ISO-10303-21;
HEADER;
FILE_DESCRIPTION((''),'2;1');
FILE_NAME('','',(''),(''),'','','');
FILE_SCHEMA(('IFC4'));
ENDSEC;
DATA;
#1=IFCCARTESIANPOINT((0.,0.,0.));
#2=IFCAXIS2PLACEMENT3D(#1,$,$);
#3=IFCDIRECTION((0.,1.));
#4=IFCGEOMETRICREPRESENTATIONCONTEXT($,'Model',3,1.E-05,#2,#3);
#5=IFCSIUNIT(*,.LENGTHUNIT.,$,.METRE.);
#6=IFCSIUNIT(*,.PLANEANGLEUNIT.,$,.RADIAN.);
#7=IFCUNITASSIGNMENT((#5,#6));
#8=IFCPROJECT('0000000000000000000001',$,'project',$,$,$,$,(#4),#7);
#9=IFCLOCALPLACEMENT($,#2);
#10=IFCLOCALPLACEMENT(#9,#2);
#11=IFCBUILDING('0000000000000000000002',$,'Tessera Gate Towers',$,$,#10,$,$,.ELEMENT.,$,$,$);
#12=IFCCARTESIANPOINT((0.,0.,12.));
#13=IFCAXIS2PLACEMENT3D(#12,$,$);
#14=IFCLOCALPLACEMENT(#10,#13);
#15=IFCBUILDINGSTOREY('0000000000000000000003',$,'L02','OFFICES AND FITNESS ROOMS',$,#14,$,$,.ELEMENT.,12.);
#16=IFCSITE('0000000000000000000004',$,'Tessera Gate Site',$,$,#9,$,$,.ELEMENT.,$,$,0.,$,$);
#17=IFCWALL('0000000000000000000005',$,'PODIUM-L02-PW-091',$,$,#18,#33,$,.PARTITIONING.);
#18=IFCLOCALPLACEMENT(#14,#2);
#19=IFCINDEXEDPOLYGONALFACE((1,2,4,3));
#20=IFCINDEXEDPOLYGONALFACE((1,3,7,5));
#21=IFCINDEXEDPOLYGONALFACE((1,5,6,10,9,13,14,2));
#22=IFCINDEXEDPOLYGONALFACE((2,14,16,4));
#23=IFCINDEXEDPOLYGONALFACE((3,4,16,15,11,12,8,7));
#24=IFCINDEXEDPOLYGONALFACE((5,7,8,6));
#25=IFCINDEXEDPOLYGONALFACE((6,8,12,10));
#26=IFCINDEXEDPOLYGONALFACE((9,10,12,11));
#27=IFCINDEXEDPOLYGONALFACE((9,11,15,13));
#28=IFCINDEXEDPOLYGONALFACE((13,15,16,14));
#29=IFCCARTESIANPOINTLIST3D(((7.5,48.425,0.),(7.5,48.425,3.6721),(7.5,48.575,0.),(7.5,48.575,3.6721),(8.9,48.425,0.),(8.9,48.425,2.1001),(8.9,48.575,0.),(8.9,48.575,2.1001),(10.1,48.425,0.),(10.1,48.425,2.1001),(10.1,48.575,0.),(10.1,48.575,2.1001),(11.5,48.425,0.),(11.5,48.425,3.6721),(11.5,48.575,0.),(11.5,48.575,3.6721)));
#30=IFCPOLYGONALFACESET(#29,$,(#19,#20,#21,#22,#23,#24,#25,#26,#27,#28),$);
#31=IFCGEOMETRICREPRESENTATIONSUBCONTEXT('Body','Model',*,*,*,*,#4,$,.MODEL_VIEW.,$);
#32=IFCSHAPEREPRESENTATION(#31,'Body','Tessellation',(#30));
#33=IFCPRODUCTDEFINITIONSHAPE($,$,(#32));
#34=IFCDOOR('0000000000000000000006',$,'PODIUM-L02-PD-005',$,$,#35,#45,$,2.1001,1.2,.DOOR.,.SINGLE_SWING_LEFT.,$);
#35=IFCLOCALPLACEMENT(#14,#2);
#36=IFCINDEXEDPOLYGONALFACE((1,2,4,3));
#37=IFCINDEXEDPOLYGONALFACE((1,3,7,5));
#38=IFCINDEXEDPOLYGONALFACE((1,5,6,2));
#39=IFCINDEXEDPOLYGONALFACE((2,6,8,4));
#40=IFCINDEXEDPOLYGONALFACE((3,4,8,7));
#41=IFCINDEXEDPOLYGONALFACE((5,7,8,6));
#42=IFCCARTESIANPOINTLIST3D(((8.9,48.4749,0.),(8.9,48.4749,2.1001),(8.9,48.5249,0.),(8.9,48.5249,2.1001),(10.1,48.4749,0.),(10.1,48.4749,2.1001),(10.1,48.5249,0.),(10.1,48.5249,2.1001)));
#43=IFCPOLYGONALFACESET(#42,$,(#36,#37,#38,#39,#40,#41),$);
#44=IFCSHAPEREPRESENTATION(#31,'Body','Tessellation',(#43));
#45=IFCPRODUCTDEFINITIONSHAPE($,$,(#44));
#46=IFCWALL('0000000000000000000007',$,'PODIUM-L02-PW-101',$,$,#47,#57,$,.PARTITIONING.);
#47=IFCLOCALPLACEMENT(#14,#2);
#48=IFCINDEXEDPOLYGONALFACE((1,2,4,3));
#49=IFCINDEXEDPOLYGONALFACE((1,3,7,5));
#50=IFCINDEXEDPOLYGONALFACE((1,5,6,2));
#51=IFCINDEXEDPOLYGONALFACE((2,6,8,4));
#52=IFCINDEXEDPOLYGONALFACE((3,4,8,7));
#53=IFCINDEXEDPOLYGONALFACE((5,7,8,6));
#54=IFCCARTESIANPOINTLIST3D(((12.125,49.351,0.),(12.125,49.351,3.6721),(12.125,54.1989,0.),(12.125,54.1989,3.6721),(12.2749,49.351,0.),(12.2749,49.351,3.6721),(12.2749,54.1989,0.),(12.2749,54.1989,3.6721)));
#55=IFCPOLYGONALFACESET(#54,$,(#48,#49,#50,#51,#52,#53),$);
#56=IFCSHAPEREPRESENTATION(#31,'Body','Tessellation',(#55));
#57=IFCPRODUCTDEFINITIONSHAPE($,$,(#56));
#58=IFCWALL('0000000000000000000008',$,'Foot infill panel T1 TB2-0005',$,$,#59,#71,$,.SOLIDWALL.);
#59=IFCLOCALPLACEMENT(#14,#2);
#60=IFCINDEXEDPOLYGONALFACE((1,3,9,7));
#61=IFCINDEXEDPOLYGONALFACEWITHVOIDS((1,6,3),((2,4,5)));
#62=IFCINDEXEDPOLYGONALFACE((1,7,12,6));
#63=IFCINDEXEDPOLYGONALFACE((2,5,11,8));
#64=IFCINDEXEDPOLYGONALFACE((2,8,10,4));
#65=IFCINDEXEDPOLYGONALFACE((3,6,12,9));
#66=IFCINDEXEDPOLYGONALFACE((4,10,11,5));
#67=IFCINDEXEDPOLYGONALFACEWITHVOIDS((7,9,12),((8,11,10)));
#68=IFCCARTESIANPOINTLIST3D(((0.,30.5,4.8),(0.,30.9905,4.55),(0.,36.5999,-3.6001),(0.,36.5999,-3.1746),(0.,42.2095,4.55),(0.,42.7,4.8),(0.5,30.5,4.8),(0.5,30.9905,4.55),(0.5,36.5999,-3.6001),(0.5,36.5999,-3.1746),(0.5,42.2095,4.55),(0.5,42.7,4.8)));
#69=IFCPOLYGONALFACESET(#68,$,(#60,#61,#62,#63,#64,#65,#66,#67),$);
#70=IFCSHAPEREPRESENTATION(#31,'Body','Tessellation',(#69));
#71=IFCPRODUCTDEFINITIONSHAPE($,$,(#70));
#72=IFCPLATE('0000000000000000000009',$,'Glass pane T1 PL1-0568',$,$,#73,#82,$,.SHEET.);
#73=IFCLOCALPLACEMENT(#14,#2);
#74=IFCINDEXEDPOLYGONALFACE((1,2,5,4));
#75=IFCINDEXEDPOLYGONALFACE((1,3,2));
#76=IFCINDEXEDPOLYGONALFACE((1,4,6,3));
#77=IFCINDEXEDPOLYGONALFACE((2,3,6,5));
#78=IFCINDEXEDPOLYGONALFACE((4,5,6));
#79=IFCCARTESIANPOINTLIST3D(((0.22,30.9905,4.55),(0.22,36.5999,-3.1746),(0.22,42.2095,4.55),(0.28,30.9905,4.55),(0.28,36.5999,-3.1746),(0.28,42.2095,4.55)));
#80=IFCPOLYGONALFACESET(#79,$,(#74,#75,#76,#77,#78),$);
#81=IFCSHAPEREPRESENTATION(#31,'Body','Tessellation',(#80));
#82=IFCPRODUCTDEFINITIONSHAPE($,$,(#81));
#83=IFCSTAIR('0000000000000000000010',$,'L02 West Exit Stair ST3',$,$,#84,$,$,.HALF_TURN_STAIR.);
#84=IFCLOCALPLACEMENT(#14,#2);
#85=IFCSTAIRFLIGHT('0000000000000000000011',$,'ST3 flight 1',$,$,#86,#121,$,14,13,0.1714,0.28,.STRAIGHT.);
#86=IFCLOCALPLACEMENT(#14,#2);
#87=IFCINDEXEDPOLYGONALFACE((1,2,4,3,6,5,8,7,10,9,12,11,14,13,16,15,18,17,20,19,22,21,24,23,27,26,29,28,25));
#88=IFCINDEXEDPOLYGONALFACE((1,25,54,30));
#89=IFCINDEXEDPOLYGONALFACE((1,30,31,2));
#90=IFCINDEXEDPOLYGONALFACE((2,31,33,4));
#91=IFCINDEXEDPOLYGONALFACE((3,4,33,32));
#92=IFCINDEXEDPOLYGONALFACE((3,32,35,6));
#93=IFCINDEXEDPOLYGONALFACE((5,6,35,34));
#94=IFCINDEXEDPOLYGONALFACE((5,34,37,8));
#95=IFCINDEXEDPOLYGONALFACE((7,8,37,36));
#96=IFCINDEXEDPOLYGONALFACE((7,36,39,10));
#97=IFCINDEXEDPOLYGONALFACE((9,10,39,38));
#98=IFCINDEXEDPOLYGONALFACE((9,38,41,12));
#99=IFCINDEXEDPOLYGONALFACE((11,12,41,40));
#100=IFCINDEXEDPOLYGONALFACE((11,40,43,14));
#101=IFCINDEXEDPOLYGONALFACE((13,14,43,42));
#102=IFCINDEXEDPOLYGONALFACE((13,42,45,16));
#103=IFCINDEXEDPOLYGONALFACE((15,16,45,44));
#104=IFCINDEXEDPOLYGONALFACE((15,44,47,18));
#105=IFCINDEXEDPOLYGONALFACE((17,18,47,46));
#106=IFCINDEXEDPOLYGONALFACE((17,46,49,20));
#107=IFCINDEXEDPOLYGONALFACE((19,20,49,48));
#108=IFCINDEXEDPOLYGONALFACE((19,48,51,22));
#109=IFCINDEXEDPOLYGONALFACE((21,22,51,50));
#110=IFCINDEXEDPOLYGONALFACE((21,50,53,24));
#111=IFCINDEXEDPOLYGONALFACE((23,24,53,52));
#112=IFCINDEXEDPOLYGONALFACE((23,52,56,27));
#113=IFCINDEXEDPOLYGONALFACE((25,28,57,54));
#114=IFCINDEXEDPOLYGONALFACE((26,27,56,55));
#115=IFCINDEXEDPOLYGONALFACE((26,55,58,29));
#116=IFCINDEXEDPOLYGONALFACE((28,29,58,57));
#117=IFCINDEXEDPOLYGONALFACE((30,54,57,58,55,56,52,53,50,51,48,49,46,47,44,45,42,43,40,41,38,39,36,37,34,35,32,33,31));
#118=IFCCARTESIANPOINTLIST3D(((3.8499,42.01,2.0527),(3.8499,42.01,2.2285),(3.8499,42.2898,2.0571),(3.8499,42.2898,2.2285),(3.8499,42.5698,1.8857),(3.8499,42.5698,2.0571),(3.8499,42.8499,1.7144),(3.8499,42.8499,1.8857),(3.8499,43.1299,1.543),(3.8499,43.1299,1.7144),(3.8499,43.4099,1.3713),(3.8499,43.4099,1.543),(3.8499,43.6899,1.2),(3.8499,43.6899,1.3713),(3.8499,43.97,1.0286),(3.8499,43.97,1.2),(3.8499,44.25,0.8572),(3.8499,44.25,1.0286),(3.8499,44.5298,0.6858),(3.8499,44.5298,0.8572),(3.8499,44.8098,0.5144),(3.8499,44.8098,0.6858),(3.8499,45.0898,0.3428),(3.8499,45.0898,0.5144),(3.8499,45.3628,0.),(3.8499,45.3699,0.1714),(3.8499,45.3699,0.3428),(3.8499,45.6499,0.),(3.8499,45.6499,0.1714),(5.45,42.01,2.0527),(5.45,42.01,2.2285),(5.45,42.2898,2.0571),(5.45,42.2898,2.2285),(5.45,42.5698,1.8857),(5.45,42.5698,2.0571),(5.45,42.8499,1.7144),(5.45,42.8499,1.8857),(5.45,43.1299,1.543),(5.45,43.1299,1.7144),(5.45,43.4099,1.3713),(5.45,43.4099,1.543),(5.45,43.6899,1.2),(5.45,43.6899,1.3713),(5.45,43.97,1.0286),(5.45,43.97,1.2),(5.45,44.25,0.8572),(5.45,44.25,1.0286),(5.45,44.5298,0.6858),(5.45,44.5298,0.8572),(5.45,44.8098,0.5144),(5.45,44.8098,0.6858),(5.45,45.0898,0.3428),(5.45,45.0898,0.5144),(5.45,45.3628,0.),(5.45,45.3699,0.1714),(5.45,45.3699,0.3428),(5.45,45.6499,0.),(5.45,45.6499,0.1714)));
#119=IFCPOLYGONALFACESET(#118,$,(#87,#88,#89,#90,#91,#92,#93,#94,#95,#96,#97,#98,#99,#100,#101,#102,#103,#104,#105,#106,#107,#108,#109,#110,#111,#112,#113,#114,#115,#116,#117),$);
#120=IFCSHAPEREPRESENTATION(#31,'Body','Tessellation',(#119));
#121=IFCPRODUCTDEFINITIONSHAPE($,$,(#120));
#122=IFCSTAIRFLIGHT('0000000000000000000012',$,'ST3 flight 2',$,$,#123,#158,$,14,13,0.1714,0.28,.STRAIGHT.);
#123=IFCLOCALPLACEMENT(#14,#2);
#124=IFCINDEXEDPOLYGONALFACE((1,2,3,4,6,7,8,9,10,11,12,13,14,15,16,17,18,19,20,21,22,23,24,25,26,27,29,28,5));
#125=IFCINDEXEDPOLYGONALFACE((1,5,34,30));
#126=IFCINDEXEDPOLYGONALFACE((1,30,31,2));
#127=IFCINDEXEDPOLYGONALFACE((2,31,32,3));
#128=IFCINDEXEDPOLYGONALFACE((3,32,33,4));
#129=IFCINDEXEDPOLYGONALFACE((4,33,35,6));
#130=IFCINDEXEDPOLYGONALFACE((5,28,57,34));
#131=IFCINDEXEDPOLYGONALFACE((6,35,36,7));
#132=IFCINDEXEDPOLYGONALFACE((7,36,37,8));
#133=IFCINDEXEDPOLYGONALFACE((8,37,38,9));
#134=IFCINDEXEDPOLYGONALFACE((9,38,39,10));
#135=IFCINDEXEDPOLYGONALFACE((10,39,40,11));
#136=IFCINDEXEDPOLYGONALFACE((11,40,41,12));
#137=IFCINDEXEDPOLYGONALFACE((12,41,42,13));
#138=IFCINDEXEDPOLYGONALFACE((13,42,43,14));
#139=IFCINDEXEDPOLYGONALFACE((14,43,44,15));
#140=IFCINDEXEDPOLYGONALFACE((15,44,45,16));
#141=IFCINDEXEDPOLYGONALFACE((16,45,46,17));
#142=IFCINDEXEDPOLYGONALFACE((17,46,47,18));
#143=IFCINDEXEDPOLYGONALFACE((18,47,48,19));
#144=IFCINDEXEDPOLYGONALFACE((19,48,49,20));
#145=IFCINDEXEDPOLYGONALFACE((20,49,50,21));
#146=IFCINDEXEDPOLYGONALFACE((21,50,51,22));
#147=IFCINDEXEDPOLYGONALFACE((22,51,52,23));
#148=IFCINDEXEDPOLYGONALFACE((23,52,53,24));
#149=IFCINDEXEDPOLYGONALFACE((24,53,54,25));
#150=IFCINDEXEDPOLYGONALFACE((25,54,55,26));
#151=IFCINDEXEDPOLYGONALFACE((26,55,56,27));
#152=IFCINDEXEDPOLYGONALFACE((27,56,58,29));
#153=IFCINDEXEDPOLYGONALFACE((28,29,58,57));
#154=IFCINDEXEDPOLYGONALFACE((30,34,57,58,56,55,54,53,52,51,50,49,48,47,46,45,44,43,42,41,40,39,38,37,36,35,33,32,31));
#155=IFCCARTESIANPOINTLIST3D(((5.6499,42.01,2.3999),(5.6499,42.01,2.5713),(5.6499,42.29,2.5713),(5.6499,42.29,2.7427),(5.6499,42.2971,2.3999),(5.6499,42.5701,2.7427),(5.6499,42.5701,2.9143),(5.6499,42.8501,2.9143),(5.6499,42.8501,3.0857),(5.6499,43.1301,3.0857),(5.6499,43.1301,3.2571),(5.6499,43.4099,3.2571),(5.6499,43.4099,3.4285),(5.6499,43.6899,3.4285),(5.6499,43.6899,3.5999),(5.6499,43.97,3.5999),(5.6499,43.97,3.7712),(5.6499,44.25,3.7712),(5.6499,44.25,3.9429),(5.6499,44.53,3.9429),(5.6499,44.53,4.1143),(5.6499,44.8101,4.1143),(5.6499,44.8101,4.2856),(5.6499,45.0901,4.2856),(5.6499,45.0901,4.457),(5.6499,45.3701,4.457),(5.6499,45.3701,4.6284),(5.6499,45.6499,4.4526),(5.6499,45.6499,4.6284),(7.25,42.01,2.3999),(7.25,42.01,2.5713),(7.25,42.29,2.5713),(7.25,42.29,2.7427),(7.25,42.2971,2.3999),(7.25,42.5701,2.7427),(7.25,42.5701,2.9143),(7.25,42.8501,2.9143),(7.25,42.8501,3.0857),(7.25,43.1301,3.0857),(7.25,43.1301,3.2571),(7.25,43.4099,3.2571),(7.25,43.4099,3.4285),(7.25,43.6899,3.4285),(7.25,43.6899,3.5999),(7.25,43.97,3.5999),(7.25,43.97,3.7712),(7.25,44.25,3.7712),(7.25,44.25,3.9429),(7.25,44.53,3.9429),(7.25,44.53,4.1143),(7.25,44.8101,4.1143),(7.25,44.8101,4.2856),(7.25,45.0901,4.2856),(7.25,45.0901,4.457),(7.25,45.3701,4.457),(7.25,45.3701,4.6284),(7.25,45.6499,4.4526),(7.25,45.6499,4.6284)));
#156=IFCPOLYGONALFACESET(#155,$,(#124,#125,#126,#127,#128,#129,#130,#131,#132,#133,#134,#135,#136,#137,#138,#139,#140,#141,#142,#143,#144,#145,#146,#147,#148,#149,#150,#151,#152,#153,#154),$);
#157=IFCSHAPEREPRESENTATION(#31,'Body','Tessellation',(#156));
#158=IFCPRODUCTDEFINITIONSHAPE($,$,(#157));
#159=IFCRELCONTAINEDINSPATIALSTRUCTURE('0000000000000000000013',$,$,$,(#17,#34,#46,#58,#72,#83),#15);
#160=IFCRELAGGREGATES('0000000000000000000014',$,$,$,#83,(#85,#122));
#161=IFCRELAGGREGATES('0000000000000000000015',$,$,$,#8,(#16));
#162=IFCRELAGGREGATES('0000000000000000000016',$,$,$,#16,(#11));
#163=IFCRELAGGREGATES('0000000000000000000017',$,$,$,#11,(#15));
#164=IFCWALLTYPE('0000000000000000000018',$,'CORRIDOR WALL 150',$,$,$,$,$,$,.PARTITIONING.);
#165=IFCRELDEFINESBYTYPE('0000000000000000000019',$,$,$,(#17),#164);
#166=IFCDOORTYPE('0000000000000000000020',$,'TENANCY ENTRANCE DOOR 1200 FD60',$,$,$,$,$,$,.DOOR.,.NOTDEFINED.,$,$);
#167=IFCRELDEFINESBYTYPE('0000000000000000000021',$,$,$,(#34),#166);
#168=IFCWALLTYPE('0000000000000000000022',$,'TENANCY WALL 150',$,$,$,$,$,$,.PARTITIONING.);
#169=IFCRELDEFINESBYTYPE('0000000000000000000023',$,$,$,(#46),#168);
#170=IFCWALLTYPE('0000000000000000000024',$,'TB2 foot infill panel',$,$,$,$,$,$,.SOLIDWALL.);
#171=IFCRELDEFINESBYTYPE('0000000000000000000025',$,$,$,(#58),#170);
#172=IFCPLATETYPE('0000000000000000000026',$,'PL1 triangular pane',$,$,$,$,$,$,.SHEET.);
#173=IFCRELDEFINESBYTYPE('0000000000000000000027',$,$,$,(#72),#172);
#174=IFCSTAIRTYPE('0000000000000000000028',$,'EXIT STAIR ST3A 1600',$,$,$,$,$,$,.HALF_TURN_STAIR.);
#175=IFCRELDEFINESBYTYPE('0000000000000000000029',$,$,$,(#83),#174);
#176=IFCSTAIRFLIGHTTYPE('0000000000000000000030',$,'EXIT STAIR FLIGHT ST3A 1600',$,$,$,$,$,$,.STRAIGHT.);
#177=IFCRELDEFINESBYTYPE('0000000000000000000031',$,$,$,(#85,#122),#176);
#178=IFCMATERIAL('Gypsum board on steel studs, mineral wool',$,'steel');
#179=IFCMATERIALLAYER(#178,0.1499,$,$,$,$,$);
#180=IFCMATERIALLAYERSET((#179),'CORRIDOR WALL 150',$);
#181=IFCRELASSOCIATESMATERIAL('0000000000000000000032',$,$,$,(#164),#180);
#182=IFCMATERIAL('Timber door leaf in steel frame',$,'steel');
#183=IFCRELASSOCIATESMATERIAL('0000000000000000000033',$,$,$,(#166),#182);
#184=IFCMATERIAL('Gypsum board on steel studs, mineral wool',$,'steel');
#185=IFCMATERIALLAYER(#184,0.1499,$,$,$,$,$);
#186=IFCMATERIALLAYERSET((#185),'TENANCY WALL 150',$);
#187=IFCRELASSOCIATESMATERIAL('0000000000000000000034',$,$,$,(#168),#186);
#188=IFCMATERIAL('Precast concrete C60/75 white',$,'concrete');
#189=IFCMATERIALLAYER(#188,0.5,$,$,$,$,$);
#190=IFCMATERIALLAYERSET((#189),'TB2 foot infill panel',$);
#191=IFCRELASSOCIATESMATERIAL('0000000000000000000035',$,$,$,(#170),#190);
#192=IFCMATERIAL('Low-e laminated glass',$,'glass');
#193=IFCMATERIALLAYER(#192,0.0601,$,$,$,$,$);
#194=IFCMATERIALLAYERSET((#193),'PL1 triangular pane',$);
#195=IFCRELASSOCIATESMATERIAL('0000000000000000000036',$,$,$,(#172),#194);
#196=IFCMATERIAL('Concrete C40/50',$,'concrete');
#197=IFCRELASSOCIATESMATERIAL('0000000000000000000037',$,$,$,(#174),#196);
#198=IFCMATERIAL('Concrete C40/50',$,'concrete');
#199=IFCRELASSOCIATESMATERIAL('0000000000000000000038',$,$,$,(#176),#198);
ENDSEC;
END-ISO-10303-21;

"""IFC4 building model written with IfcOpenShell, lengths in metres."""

from ifc_helpers import new_model, si_unit, direction, frame, frame_2d, origin, place, context, subcontext, project, spatial, polyline, rectangle, outline, extrude, source, transform, mapped, material, layer, layer_set, type_object, element, fill, aggregate, save


model = new_model("IFC4")

# Units and contexts
model_context = context("Model", 3, precision=1e-05, world=origin(), true_north=direction((0.0, 1.0)))
body_context = subcontext(model_context, "Body", "Model", "MODEL_VIEW")
ifc_project = project(units=[si_unit("LENGTHUNIT", "METRE"), si_unit("PLANEANGLEUNIT", "RADIAN")], contexts=[model_context])

# Site, building, storey
site_placement = place(None, origin())
site = spatial("IfcSite", under=ifc_project, at=site_placement, Name="Tessera Gate Site", CompositionType="ELEMENT", RefElevation=0.0)
building_placement = place(site_placement, origin())
building = spatial("IfcBuilding", under=site, at=building_placement, Name="Tessera Gate Towers", CompositionType="ELEMENT")
storey_placement = place(building_placement, frame((0.0, 0.0, 12.0)))
storey = spatial("IfcBuildingStorey", under=building, at=storey_placement, Name="L02", Description="OFFICES AND FITNESS ROOMS", CompositionType="ELEMENT", Elevation=12.0)

# Wall, opening, door
shared_shape_1 = source(origin(), body_context, "Body", "SweptSolid", [
    extrude(rectangle(XDim=1.2, YDim=2.1001, at=frame_2d((0.6001, 1.05))), frame((0.0, 0.0249, 0.0), z_axis=(0.0, -1.0, 0.0), x_axis=(1.0, 0.0, 0.0)), (0.0, 0.0, 1.0), 0.05),
])
ifc_material_1 = material(Name="Gypsum board on steel studs, mineral wool", Category="steel")
ifc_layer_1 = layer(ifc_material_1, 0.1499)
ifc_layer_set_1 = layer_set([ifc_layer_1], Name="CORRIDOR WALL 150")
wall_type_1 = type_object("IfcWallType", Name="CORRIDOR WALL 150", PredefinedType="PARTITIONING", material=ifc_layer_set_1)
wall_1_placement = place(storey_placement, frame((7.5, 48.5, 0.0), z_axis=(0.0, 0.0, 1.0), x_axis=(1.0, 0.0, 0.0)))
wall_1 = element("IfcWall", 1, at=wall_1_placement, inside=storey, type_object=wall_type_1, Name="PODIUM-L02-PW-091", PredefinedType="PARTITIONING", context=body_context, shape_type="SweptSolid", body=[
    extrude(rectangle(XDim=4.0, YDim=0.1499, at=frame_2d((2.0, 0.0))), origin(), (0.0, 0.0, 1.0), 3.6721),
])
shared_shape_2 = source(origin(), body_context, "Body", "SweptSolid", [
    extrude(rectangle(XDim=1.2, YDim=2.1001, at=frame_2d((0.6001, 1.05))), frame((0.0, 0.085, 0.0), z_axis=(0.0, -1.0, 0.0), x_axis=(1.0, 0.0, 0.0)), (0.0, 0.0, 1.0), 0.1699),
])
opening_1_placement = place(wall_1_placement, frame((1.3999, 0.0, 0.0)))
opening_1 = element("IfcOpeningElement", 2, at=opening_1_placement, cuts=wall_1, PredefinedType="OPENING", context=body_context, shape_type="MappedRepresentation", body=[
    mapped(shared_shape_2, transform((0.0, 0.0, 0.0), scale=1.0)),
])
ifc_material_2 = material(Name="Timber door leaf in steel frame", Category="steel")
door_type_1 = type_object("IfcDoorType", Name="TENANCY ENTRANCE DOOR 1200 FD60", OperationType="NOTDEFINED", PredefinedType="DOOR", material=ifc_material_2)
door_1_placement = place(opening_1_placement, origin())
door_1 = element("IfcDoor", 3, at=door_1_placement, inside=storey, type_object=door_type_1, Name="PODIUM-L02-PD-005", OperationType="SINGLE_SWING_LEFT", OverallHeight=2.1001, OverallWidth=1.2, PredefinedType="DOOR", context=body_context, shape_type="MappedRepresentation", body=[
    mapped(shared_shape_1, transform((0.0, 0.0, 0.0), scale=1.0)),
])
fill(opening_1, door_1)

# Wall
ifc_material_3 = material(Name="Gypsum board on steel studs, mineral wool", Category="steel")
ifc_layer_2 = layer(ifc_material_3, 0.1499)
ifc_layer_set_2 = layer_set([ifc_layer_2], Name="TENANCY WALL 150")
wall_type_2 = type_object("IfcWallType", Name="TENANCY WALL 150", PredefinedType="PARTITIONING", material=ifc_layer_set_2)
wall_2_placement = place(storey_placement, frame((12.2, 49.3511, 0.0), z_axis=(0.0, 0.0, 1.0), x_axis=(0.0, 1.0, 0.0)))
element("IfcWall", 4, at=wall_2_placement, inside=storey, type_object=wall_type_2, Name="PODIUM-L02-PW-101", PredefinedType="PARTITIONING", context=body_context, shape_type="SweptSolid", body=[
    extrude(rectangle(XDim=4.8479, YDim=0.1499, at=frame_2d((2.4238, 0.0))), origin(), (0.0, 0.0, 1.0), 3.6721),
])

# Wall, opening, plate
ifc_material_4 = material(Name="Precast concrete C60/75 white", Category="concrete")
ifc_layer_3 = layer(ifc_material_4, 0.5)
ifc_layer_set_3 = layer_set([ifc_layer_3], Name="TB2 foot infill panel")
wall_type_3 = type_object("IfcWallType", Name="TB2 foot infill panel", PredefinedType="SOLIDWALL", material=ifc_layer_set_3)
shared_shape_3 = source(origin(), body_context, "Body", "SweptSolid", [
    extrude(outline(polyline([(6.1001, 0.0), (12.2, 8.4001), (0.0, 8.4001), (6.1001, 0.0)])), frame((0.0, 0.25, 0.0), z_axis=(0.0, -1.0, 0.0), x_axis=(1.0, 0.0, 0.0)), (0.0, 0.0, 1.0), 0.5),
])
wall_3_placement = place(storey_placement, frame((0.25, 42.7, -3.6001), z_axis=(0.0, 0.0, 1.0), x_axis=(0.0, -1.0, 0.0)))
wall_3 = element("IfcWall", 5, at=wall_3_placement, inside=storey, type_object=wall_type_3, Name="Foot infill panel T1 TB2-0005", PredefinedType="SOLIDWALL", context=body_context, shape_type="MappedRepresentation", body=[
    mapped(shared_shape_3, transform((0.0, 0.0, 0.0), scale=1.0)),
])
shared_shape_4 = source(origin(), body_context, "Body", "SweptSolid", [
    extrude(outline(polyline([(6.1001, 0.4255), (11.7095, 8.1501), (0.4905, 8.1501), (6.1001, 0.4255)])), frame((0.0, 0.26, 0.0), z_axis=(0.0, -1.0, 0.0), x_axis=(1.0, 0.0, 0.0)), (0.0, 0.0, 1.0), 0.52),
])
opening_2_placement = place(wall_3_placement, origin())
opening_2 = element("IfcOpeningElement", 6, at=opening_2_placement, cuts=wall_3, PredefinedType="OPENING", context=body_context, shape_type="MappedRepresentation", body=[
    mapped(shared_shape_4, transform((0.0, 0.0, 0.0), scale=1.0)),
])
ifc_material_5 = material(Name="Low-e laminated glass", Category="glass")
ifc_layer_4 = layer(ifc_material_5, 0.0601)
ifc_layer_set_4 = layer_set([ifc_layer_4], Name="PL1 triangular pane")
plate_type = type_object("IfcPlateType", Name="PL1 triangular pane", PredefinedType="SHEET", material=ifc_layer_set_4)
shared_shape_5 = source(origin(), body_context, "Body", "SweptSolid", [
    extrude(outline(polyline([(6.1001, 0.4255), (11.7095, 8.1501), (0.4905, 8.1501), (6.1001, 0.4255)])), frame((0.0, 0.03, 0.0), z_axis=(0.0, -1.0, 0.0), x_axis=(1.0, 0.0, 0.0)), (0.0, 0.0, 1.0), 0.0601),
])
plate_placement = place(opening_2_placement, origin())
plate = element("IfcPlate", 7, at=plate_placement, inside=storey, type_object=plate_type, Name="Glass pane T1 PL1-0568", PredefinedType="SHEET", context=body_context, shape_type="MappedRepresentation", body=[
    mapped(shared_shape_5, transform((0.0, 0.0, 0.0), scale=1.0)),
])
fill(opening_2, plate)

# Stair, stair flights
ifc_material_6 = material(Name="Concrete C40/50", Category="concrete")
stair_type = type_object("IfcStairType", Name="EXIT STAIR ST3A 1600", PredefinedType="HALF_TURN_STAIR", material=ifc_material_6)
stair_placement = place(storey_placement, origin())
stair = element("IfcStair", 8, at=stair_placement, inside=storey, type_object=stair_type, Name="L02 West Exit Stair ST3", PredefinedType="HALF_TURN_STAIR")
ifc_material_7 = material(Name="Concrete C40/50", Category="concrete")
stair_flight_type = type_object("IfcStairFlightType", Name="EXIT STAIR FLIGHT ST3A 1600", PredefinedType="STRAIGHT", material=ifc_material_7)
stair_flight_1_placement = place(storey_placement, frame((4.6499, 45.6499, 0.0), z_axis=(0.0, 0.0, 1.0), x_axis=(0.0, -1.0, 0.0)))
stair_flight_1 = element("IfcStairFlight", 9, at=stair_flight_1_placement, type_object=stair_flight_type, Name="ST3 flight 1", NumberOfRisers=14, NumberOfTreads=13, PredefinedType="STRAIGHT", RiserHeight=0.1714, TreadLength=0.28, context=body_context, shape_type="SweptSolid", body=[
    extrude(outline(polyline([(0.0, 0.0), (0.0, 0.1714), (0.28, 0.1714), (0.28, 0.3428), (0.5601, 0.3428), (0.5601, 0.5144), (0.8401, 0.5144), (0.8401, 0.6858), (1.1201, 0.6858), (1.1201, 0.8572), (1.3999, 0.8572), (1.3999, 1.0286), (1.6799, 1.0286), (1.6799, 1.2), (1.96, 1.2), (1.96, 1.3713), (2.24, 1.3713), (2.24, 1.543), (2.52, 1.543), (2.52, 1.7144), (2.8, 1.7144), (2.8, 1.8857), (3.0801, 1.8857), (3.0801, 2.0571), (3.3601, 2.0571), (3.3601, 2.2285), (3.6399, 2.2285), (3.6399, 2.3999), (3.6399, 2.0527), (0.2871, 0.0), (0.0, 0.0)])), frame((0.0, 0.8, 0.0), z_axis=(0.0, -1.0, 0.0), x_axis=(1.0, 0.0, 0.0)), (0.0, 0.0, 1.0), 1.6001),
])
stair_flight_2_placement = place(storey_placement, frame((6.45, 42.01, 2.3999), z_axis=(0.0, 0.0, 1.0), x_axis=(0.0, 1.0, 0.0)))
stair_flight_2 = element("IfcStairFlight", 10, at=stair_flight_2_placement, type_object=stair_flight_type, Name="ST3 flight 2", NumberOfRisers=14, NumberOfTreads=13, PredefinedType="STRAIGHT", RiserHeight=0.1714, TreadLength=0.28, context=body_context, shape_type="SweptSolid", body=[
    extrude(outline(polyline([(0.0, 0.0), (0.0, 0.1714), (0.28, 0.1714), (0.28, 0.3428), (0.5601, 0.3428), (0.5601, 0.5144), (0.8401, 0.5144), (0.8401, 0.6858), (1.1201, 0.6858), (1.1201, 0.8572), (1.3999, 0.8572), (1.3999, 1.0286), (1.6799, 1.0286), (1.6799, 1.2), (1.96, 1.2), (1.96, 1.3713), (2.24, 1.3713), (2.24, 1.543), (2.52, 1.543), (2.52, 1.7144), (2.8, 1.7144), (2.8, 1.8857), (3.0801, 1.8857), (3.0801, 2.0571), (3.3601, 2.0571), (3.3601, 2.2285), (3.6399, 2.2285), (3.6399, 2.3999), (3.6399, 2.0527), (0.2871, 0.0), (0.0, 0.0)])), frame((0.0, 0.8, 0.0), z_axis=(0.0, -1.0, 0.0), x_axis=(1.0, 0.0, 0.0)), (0.0, 0.0, 1.0), 1.6001),
])
aggregate(stair, [stair_flight_1, stair_flight_2])

save(model, "model.ifc")
